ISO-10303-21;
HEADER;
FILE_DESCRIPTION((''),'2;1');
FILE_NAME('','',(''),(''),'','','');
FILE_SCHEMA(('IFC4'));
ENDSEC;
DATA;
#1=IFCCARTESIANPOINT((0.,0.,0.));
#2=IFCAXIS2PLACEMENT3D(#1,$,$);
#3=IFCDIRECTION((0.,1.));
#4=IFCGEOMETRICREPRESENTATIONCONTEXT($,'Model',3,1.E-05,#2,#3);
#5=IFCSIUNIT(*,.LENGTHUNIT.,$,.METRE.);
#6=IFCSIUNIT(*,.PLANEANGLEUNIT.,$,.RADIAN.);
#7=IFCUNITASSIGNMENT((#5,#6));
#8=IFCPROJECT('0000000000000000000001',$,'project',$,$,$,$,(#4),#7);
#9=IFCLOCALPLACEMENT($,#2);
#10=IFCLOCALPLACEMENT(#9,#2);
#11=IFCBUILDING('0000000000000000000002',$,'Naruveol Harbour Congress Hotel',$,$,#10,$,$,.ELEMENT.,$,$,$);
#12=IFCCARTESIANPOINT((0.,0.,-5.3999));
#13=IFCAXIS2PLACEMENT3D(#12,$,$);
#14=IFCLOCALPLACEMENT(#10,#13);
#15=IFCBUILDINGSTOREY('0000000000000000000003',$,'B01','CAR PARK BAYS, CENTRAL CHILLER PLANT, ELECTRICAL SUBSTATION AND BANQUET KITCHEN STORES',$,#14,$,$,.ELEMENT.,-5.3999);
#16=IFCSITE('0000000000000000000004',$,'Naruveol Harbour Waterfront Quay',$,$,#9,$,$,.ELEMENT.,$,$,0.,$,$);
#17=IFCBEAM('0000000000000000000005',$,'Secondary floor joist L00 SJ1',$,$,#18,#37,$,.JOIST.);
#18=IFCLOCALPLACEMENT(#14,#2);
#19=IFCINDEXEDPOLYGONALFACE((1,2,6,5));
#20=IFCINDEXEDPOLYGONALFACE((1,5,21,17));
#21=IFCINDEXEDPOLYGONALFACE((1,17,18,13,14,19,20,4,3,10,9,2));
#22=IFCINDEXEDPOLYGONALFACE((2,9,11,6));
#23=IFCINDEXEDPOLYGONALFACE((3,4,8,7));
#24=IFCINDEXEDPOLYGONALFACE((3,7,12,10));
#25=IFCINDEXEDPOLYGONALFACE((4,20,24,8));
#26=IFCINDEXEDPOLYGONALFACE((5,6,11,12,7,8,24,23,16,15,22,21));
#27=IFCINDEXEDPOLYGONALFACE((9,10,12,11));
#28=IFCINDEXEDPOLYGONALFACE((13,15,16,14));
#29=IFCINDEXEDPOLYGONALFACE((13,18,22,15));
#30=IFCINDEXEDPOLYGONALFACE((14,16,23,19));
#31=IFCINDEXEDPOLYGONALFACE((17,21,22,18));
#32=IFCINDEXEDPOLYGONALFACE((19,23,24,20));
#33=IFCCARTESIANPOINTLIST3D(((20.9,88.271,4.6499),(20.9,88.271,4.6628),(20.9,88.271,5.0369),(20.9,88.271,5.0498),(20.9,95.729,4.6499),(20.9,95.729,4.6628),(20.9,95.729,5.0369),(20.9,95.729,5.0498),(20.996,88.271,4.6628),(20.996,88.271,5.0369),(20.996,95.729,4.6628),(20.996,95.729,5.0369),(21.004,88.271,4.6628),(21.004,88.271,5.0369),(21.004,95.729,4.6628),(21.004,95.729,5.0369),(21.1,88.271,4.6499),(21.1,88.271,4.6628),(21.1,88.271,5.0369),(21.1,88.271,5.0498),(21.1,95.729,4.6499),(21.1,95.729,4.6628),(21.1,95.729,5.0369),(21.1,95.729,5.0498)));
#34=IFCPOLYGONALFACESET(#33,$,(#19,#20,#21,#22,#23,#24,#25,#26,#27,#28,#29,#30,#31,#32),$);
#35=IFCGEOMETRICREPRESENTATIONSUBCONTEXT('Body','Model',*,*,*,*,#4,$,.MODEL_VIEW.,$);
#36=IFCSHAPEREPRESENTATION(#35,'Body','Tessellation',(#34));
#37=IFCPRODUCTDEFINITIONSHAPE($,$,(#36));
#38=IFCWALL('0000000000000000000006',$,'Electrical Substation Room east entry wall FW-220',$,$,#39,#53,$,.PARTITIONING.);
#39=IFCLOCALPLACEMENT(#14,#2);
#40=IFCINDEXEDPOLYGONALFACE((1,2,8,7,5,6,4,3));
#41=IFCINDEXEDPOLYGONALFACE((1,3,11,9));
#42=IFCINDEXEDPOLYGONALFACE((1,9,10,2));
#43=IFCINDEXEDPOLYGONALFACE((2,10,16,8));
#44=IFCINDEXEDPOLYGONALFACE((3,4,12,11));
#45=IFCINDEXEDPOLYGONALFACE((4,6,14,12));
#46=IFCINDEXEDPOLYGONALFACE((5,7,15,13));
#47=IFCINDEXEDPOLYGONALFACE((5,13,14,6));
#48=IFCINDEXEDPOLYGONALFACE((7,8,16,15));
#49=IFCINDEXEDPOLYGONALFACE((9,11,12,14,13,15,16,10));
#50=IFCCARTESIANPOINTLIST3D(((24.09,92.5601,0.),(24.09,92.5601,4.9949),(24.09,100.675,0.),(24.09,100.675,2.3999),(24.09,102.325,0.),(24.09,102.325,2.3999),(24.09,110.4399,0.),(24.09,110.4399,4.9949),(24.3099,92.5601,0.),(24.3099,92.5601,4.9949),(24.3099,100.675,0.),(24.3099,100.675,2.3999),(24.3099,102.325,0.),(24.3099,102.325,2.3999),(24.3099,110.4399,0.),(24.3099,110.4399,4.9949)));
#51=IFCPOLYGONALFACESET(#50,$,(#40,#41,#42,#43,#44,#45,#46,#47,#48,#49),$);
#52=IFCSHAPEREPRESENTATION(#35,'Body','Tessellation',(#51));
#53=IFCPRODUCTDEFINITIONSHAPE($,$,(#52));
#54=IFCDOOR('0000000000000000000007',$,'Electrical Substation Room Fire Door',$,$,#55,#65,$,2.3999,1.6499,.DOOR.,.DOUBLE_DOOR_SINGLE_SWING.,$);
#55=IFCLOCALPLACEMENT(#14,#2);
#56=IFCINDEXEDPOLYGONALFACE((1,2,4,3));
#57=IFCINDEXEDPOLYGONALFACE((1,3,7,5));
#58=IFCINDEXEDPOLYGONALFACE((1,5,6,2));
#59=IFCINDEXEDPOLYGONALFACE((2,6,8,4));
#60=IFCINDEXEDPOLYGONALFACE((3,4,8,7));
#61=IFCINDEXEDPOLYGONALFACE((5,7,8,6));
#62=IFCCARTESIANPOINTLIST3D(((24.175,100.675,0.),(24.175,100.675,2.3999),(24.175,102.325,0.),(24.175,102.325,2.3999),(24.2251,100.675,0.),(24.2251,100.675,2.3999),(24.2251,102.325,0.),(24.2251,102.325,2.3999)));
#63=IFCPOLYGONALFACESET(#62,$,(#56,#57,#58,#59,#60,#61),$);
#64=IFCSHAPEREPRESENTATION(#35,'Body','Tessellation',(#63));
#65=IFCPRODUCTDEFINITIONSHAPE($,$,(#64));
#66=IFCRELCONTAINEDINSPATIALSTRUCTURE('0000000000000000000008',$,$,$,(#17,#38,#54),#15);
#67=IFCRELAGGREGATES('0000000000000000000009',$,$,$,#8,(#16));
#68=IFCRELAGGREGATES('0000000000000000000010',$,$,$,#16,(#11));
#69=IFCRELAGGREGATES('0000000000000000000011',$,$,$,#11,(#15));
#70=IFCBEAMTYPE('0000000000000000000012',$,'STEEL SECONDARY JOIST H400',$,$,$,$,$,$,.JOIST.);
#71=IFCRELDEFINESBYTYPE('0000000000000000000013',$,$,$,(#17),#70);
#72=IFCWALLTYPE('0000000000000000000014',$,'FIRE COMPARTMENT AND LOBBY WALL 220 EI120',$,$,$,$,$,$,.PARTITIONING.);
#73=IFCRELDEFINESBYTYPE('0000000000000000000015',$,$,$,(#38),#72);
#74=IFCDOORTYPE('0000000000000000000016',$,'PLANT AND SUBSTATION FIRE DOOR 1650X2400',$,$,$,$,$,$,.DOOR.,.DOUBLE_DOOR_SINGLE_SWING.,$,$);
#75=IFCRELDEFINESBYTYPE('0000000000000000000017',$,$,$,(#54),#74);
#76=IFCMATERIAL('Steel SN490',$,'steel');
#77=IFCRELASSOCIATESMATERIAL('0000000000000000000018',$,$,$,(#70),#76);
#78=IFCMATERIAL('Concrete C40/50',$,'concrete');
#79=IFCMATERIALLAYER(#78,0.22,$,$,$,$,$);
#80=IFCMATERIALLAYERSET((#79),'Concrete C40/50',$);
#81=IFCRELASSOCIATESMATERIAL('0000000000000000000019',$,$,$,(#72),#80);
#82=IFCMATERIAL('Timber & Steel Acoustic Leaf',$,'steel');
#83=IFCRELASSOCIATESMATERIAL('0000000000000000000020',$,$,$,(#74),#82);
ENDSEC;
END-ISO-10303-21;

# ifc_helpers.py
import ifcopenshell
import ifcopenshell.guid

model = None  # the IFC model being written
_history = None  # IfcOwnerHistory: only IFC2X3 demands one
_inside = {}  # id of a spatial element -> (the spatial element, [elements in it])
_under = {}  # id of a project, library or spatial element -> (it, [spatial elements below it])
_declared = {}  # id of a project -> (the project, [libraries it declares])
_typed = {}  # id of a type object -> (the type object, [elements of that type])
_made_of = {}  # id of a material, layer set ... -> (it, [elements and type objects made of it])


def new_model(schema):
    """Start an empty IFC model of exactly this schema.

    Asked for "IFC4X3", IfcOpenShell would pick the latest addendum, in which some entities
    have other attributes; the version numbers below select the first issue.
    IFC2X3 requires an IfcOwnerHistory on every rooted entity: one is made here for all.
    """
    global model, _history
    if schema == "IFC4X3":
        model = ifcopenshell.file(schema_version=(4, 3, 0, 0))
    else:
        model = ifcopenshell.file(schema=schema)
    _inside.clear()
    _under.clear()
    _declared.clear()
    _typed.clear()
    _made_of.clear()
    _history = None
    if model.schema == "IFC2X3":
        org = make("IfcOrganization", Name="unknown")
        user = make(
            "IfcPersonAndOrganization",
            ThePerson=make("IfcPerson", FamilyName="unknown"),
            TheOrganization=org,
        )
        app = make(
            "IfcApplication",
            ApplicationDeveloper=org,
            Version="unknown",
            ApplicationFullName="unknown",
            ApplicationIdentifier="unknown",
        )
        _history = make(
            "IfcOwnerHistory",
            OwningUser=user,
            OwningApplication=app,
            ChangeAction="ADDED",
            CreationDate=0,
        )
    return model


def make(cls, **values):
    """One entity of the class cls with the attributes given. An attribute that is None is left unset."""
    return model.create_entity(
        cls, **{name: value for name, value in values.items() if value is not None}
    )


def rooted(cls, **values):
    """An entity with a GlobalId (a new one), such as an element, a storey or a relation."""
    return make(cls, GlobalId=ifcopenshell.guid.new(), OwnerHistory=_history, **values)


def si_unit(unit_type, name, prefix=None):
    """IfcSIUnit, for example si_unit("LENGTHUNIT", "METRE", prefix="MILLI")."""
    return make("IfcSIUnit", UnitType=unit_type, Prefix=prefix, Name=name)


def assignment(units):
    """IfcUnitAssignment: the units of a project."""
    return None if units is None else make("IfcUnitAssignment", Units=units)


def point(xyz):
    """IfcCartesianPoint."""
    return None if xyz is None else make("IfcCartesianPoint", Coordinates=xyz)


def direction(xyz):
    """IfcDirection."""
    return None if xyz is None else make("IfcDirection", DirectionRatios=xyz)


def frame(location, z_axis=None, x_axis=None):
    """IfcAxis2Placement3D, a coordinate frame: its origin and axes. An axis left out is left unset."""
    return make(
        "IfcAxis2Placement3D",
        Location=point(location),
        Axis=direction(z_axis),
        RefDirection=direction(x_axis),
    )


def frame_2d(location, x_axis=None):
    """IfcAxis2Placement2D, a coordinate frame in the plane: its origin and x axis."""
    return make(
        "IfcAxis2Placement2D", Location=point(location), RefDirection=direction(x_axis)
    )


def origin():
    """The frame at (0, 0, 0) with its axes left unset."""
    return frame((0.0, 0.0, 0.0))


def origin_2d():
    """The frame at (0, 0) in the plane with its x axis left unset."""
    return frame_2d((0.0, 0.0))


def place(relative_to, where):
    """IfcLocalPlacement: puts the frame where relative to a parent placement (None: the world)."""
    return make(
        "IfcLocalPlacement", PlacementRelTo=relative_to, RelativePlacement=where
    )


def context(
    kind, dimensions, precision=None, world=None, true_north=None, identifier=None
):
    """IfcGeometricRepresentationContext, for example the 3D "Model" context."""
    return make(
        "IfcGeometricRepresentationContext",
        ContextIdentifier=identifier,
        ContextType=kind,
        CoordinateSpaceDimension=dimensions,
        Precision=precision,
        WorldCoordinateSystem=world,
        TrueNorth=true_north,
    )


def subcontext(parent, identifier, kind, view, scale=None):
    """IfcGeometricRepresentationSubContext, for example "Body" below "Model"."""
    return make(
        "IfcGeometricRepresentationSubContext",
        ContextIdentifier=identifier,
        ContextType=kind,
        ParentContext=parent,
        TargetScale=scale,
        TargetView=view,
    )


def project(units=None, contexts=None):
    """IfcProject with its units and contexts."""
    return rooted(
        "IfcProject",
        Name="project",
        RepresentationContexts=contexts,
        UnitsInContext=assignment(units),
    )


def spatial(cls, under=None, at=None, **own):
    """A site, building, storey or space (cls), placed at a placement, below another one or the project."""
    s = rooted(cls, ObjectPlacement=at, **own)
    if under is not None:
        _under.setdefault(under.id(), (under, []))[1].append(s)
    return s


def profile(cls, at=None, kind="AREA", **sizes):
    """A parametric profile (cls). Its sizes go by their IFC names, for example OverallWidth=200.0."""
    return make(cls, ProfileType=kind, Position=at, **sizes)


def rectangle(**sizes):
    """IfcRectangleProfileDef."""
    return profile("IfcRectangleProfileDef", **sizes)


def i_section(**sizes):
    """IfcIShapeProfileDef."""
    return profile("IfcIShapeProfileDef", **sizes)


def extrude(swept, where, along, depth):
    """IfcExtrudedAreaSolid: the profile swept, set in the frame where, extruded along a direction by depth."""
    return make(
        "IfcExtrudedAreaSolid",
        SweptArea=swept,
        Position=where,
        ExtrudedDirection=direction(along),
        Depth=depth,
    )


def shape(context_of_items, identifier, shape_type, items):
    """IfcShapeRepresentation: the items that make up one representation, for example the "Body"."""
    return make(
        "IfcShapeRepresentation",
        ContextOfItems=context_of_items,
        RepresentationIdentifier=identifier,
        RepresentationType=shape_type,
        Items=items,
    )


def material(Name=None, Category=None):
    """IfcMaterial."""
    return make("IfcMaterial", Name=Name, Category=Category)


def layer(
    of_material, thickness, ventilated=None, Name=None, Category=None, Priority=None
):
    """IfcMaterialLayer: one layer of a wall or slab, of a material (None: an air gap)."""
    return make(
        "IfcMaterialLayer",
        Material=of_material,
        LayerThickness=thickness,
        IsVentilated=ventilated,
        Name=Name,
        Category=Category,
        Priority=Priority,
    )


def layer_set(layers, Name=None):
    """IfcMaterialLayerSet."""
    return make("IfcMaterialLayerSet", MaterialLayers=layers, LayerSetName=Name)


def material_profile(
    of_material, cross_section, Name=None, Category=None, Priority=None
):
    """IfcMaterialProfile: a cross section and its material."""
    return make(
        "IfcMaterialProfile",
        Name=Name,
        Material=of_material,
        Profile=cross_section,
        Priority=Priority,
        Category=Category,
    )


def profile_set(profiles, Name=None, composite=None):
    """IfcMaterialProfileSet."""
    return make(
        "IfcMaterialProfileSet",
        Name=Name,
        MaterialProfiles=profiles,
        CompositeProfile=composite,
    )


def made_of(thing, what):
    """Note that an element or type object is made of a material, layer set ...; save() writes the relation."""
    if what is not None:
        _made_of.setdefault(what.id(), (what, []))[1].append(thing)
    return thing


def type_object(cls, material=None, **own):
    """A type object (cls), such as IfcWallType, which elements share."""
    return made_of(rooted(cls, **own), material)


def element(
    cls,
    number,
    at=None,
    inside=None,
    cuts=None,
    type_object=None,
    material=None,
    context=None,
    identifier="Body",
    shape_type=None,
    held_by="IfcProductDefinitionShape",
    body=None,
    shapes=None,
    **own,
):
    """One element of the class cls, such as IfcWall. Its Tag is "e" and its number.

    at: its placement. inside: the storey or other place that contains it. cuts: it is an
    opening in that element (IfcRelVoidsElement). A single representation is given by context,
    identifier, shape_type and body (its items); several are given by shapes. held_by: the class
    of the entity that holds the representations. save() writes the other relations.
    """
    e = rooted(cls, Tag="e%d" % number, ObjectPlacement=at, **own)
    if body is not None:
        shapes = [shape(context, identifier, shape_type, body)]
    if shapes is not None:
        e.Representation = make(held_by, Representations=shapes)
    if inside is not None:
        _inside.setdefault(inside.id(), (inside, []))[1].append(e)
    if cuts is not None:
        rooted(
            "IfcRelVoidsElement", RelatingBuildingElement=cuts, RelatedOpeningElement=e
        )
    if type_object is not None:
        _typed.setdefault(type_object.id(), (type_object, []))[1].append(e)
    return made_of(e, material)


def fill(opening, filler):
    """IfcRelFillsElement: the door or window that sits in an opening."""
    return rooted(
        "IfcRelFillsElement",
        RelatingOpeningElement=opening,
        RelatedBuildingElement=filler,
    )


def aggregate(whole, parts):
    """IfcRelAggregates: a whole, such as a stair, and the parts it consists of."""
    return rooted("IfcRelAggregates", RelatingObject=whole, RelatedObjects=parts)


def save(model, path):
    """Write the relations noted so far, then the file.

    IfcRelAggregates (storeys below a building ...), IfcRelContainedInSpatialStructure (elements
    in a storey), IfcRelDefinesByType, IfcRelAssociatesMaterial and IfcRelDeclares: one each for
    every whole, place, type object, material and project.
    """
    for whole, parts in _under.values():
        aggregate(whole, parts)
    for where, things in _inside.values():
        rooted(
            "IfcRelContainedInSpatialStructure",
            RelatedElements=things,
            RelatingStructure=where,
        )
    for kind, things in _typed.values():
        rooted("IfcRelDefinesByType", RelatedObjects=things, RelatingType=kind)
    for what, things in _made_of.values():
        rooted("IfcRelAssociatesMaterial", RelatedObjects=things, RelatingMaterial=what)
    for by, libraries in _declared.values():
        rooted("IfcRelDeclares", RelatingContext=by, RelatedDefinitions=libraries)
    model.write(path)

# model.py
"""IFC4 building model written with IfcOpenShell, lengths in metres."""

from ifc_helpers import new_model, si_unit, direction, frame, frame_2d, origin, origin_2d, place, context, subcontext, project, spatial, rectangle, i_section, extrude, material, layer, layer_set, material_profile, profile_set, type_object, element, fill, save


model = new_model("IFC4")

# Units and contexts
model_context = context("Model", 3, precision=1e-05, world=origin(), true_north=direction((0.0, 1.0)))
body_context = subcontext(model_context, "Body", "Model", "MODEL_VIEW")
ifc_project = project(units=[si_unit("LENGTHUNIT", "METRE"), si_unit("PLANEANGLEUNIT", "RADIAN")], contexts=[model_context])

# Site, building, storey
site_placement = place(None, origin())
site = spatial("IfcSite", under=ifc_project, at=site_placement, Name="Naruveol Harbour Waterfront Quay", CompositionType="ELEMENT", RefElevation=0.0)
building_placement = place(site_placement, origin())
building = spatial("IfcBuilding", under=site, at=building_placement, Name="Naruveol Harbour Congress Hotel", CompositionType="ELEMENT")
storey_placement = place(building_placement, frame((0.0, 0.0, -5.3999)))
storey = spatial("IfcBuildingStorey", under=building, at=storey_placement, Name="B01", Description="CAR PARK BAYS, CENTRAL CHILLER PLANT, ELECTRICAL SUBSTATION AND BANQUET KITCHEN STORES", CompositionType="ELEMENT", Elevation=-5.3999)

# Beam
ifc_material_1 = material(Name="Steel SN490", Category="steel")
ifc_material_profile_1 = material_profile(ifc_material_1, i_section(OverallWidth=0.2, OverallDepth=0.3999, WebThickness=0.0081, FlangeThickness=0.0129, at=origin_2d()), Name="H-400x200x8x13")
ifc_profile_set_1 = profile_set([ifc_material_profile_1], Name="Steel SN490")
beam_type_1 = type_object("IfcBeamType", Name="STEEL SECONDARY JOIST H400", PredefinedType="JOIST", material=ifc_profile_set_1)
for number, where, z_axis, x_axis, name in (
    (1, (21.0, 88.271, 4.8499), (0.0, 1.0, 0.0), (-1.0, 0.0, 0.0), "Secondary floor joist L00 SJ1"),
):
    element("IfcBeam", number, at=place(storey_placement, frame(where, z_axis=z_axis, x_axis=x_axis)), inside=storey, type_object=beam_type_1, Name=name, PredefinedType="JOIST", context=body_context, shape_type="SweptSolid", body=[
        extrude(i_section(OverallWidth=0.2, OverallDepth=0.3999, WebThickness=0.0081, FlangeThickness=0.0129, at=origin_2d()), origin(), (0.0, 0.0, 1.0), 7.458),
    ])

# Wall, opening, door
ifc_material_2 = material(Name="Concrete C40/50", Category="concrete")
ifc_layer = layer(ifc_material_2, 0.22)
ifc_layer_set = layer_set([ifc_layer], Name="Concrete C40/50")
wall_type = type_object("IfcWallType", Name="FIRE COMPARTMENT AND LOBBY WALL 220 EI120", PredefinedType="PARTITIONING", material=ifc_layer_set)
wall_placement = place(storey_placement, frame((24.2, 92.5601, 0.0), z_axis=(0.0, 0.0, 1.0), x_axis=(0.0, 1.0, 0.0)))
wall = element("IfcWall", 2, at=wall_placement, inside=storey, type_object=wall_type, Name="Electrical Substation Room east entry wall FW-220", PredefinedType="PARTITIONING", context=body_context, shape_type="SweptSolid", body=[
    extrude(rectangle(XDim=17.8799, YDim=0.22, at=frame_2d((8.9399, 0.0))), origin(), (0.0, 0.0, 1.0), 4.9949),
])
opening_placement = place(wall_placement, frame((8.115, 0.0, 0.0)))
opening = element("IfcOpeningElement", 3, at=opening_placement, cuts=wall, PredefinedType="OPENING", context=body_context, shape_type="SweptSolid", body=[
    extrude(rectangle(XDim=1.6499, YDim=2.3999, at=frame_2d((0.825, 1.2))), frame((0.0, 0.1199, 0.0), z_axis=(0.0, -1.0, 0.0), x_axis=(1.0, 0.0, 0.0)), (0.0, 0.0, 1.0), 0.24),
])
ifc_material_3 = material(Name="Timber & Steel Acoustic Leaf", Category="steel")
door_type = type_object("IfcDoorType", Name="PLANT AND SUBSTATION FIRE DOOR 1650X2400", OperationType="DOUBLE_DOOR_SINGLE_SWING", PredefinedType="DOOR", material=ifc_material_3)
door_placement = place(opening_placement, origin())
door = element("IfcDoor", 4, at=door_placement, inside=storey, type_object=door_type, Name="Electrical Substation Room Fire Door", OperationType="DOUBLE_DOOR_SINGLE_SWING", OverallHeight=2.3999, OverallWidth=1.6499, PredefinedType="DOOR", context=body_context, shape_type="SweptSolid", body=[
    extrude(rectangle(XDim=1.6499, YDim=2.3999, at=frame_2d((0.825, 1.2))), frame((0.0, 0.0249, 0.0), z_axis=(0.0, -1.0, 0.0), x_axis=(1.0, 0.0, 0.0)), (0.0, 0.0, 1.0), 0.05),
])
fill(opening, door)

save(model, "model.ifc")
